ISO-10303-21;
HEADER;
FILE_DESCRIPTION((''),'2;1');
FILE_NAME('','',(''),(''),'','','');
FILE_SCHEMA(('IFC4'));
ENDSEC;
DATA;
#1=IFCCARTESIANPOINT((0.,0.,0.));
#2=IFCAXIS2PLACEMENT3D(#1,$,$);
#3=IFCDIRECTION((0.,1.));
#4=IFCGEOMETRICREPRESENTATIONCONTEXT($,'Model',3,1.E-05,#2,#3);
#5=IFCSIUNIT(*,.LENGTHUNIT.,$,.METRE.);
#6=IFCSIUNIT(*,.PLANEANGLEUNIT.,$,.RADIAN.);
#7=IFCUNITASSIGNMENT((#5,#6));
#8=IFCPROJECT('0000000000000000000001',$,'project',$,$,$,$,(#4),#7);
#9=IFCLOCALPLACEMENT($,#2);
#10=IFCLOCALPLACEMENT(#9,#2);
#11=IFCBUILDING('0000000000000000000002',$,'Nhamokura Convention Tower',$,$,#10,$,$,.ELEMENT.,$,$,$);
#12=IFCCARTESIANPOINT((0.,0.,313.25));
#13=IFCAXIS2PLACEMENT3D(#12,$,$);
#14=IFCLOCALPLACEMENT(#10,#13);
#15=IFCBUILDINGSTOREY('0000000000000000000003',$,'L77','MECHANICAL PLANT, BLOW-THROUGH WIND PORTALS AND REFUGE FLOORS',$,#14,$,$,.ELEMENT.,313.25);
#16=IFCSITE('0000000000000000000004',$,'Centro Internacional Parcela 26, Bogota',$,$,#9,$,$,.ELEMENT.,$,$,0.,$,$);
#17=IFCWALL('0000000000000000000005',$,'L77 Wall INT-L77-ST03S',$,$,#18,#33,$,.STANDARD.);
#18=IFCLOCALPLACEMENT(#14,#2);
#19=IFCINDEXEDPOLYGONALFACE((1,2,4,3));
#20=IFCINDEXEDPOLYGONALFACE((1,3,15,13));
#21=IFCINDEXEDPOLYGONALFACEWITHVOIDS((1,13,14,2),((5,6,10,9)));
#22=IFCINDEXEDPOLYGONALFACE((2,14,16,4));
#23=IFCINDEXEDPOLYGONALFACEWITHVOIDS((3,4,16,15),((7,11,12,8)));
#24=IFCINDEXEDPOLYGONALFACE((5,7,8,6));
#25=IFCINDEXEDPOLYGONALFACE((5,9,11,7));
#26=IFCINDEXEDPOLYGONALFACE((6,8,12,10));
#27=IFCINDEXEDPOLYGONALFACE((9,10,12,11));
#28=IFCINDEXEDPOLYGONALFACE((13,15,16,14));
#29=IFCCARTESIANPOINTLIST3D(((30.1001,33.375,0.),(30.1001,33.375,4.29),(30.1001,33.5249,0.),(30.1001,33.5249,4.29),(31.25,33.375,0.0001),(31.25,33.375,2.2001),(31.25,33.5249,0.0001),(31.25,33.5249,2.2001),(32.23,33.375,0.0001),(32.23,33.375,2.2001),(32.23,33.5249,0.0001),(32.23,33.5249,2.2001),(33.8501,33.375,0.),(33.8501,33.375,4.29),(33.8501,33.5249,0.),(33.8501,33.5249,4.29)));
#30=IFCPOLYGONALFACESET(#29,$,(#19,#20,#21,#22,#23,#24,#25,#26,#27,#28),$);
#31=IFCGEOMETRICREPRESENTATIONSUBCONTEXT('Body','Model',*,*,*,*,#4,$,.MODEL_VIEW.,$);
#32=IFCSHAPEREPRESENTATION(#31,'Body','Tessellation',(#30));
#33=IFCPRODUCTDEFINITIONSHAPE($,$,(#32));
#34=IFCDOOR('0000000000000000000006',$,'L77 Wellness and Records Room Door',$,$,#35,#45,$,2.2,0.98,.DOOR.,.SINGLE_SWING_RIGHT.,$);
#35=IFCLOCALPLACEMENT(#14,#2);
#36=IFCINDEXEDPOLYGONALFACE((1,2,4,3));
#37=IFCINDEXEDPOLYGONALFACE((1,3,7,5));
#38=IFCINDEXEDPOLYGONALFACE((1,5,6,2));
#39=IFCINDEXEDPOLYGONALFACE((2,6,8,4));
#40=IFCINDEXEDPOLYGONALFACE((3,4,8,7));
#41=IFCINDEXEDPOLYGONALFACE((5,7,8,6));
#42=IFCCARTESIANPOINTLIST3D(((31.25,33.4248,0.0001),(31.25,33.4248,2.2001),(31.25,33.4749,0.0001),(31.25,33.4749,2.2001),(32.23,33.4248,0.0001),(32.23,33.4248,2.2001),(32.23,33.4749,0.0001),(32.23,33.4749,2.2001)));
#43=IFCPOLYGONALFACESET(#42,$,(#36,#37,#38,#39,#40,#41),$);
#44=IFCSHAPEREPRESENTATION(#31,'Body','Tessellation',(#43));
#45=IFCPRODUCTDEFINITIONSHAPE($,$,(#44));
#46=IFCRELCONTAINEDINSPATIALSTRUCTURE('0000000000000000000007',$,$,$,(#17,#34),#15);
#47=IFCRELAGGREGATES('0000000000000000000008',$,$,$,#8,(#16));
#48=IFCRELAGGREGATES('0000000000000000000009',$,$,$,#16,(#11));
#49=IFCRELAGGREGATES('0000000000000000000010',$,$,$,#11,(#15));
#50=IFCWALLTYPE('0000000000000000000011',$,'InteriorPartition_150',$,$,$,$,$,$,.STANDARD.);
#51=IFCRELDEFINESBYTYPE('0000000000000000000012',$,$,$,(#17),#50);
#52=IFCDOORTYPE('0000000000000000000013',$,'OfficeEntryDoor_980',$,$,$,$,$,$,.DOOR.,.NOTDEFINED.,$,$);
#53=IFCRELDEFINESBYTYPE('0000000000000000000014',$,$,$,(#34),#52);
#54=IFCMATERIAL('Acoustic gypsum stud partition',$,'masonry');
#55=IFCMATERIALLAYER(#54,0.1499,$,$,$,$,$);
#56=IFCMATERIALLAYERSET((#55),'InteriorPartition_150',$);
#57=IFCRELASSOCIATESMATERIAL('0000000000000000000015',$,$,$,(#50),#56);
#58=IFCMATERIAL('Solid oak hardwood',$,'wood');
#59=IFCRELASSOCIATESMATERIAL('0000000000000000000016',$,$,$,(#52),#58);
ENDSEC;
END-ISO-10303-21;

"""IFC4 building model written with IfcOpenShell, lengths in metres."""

from ifc_helpers import new_model, si_unit, direction, frame, frame_2d, origin, place, context, subcontext, project, spatial, rectangle, extrude, material, layer, layer_set, type_object, element, fill, save


model = new_model("IFC4")

# Units and contexts
model_context = context("Model", 3, precision=1e-05, world=origin(), true_north=direction((0.0, 1.0)))
body_context = subcontext(model_context, "Body", "Model", "MODEL_VIEW")
ifc_project = project(units=[si_unit("LENGTHUNIT", "METRE"), si_unit("PLANEANGLEUNIT", "RADIAN")], contexts=[model_context])

# Site, building, storey
site_placement = place(None, origin())
site = spatial("IfcSite", under=ifc_project, at=site_placement, Name="Centro Internacional Parcela 26, Bogota", CompositionType="ELEMENT", RefElevation=0.0)
building_placement = place(site_placement, origin())
building = spatial("IfcBuilding", under=site, at=building_placement, Name="Nhamokura Convention Tower", CompositionType="ELEMENT")
storey_placement = place(building_placement, frame((0.0, 0.0, 313.25)))
storey = spatial("IfcBuildingStorey", under=building, at=storey_placement, Name="L77", Description="MECHANICAL PLANT, BLOW-THROUGH WIND PORTALS AND REFUGE FLOORS", CompositionType="ELEMENT", Elevation=313.25)

# Shared definitions
ifc_material_1 = material(Name="Acoustic gypsum stud partition", Category="masonry")
ifc_layer_1 = layer(ifc_material_1, 0.1499)
ifc_layer_set_1 = layer_set([ifc_layer_1], Name="InteriorPartition_150")
wall_type_1 = type_object("IfcWallType", Name="InteriorPartition_150", PredefinedType="STANDARD", material=ifc_layer_set_1)

# Wall, opening, door
wall_1_placement = place(storey_placement, frame((30.1001, 33.45, 0.0), z_axis=(0.0, 0.0, 1.0), x_axis=(1.0, 0.0, 0.0)))
wall_1 = element("IfcWall", 1, at=wall_1_placement, inside=storey, type_object=wall_type_1, Name="L77 Wall INT-L77-ST03S", PredefinedType="STANDARD", context=body_context, shape_type="SweptSolid", body=[
    extrude(rectangle(XDim=3.75, YDim=0.1499, at=frame_2d((1.875, 0.0))), origin(), (0.0, 0.0, 1.0), 4.29),
])
opening_1_placement = place(wall_1_placement, frame((1.1499, 0.0, 0.0)))
opening_1 = element("IfcOpeningElement", 2, at=opening_1_placement, cuts=wall_1, PredefinedType="OPENING", context=body_context, shape_type="SweptSolid", body=[
    extrude(rectangle(XDim=0.98, YDim=2.2, at=frame_2d((0.49, 1.1001))), frame((0.0, 0.085, 0.0), z_axis=(0.0, -1.0, 0.0), x_axis=(1.0, 0.0, 0.0)), (0.0, 0.0, 1.0), 0.1699),
])
ifc_material_2 = material(Name="Solid oak hardwood", Category="wood")
door_type_1 = type_object("IfcDoorType", Name="OfficeEntryDoor_980", OperationType="NOTDEFINED", PredefinedType="DOOR", material=ifc_material_2)
door_1_placement = place(opening_1_placement, origin())
door_1 = element("IfcDoor", 3, at=door_1_placement, inside=storey, type_object=door_type_1, Name="L77 Wellness and Records Room Door", OperationType="SINGLE_SWING_RIGHT", OverallHeight=2.2, OverallWidth=0.98, PredefinedType="DOOR", context=body_context, shape_type="SweptSolid", body=[
    extrude(rectangle(XDim=0.98, YDim=2.2, at=frame_2d((0.49, 1.1001))), frame((0.0, 0.0249, 0.0), z_axis=(0.0, -1.0, 0.0), x_axis=(1.0, 0.0, 0.0)), (0.0, 0.0, 1.0), 0.05),
])
fill(opening_1, door_1)

save(model, "model.ifc")
